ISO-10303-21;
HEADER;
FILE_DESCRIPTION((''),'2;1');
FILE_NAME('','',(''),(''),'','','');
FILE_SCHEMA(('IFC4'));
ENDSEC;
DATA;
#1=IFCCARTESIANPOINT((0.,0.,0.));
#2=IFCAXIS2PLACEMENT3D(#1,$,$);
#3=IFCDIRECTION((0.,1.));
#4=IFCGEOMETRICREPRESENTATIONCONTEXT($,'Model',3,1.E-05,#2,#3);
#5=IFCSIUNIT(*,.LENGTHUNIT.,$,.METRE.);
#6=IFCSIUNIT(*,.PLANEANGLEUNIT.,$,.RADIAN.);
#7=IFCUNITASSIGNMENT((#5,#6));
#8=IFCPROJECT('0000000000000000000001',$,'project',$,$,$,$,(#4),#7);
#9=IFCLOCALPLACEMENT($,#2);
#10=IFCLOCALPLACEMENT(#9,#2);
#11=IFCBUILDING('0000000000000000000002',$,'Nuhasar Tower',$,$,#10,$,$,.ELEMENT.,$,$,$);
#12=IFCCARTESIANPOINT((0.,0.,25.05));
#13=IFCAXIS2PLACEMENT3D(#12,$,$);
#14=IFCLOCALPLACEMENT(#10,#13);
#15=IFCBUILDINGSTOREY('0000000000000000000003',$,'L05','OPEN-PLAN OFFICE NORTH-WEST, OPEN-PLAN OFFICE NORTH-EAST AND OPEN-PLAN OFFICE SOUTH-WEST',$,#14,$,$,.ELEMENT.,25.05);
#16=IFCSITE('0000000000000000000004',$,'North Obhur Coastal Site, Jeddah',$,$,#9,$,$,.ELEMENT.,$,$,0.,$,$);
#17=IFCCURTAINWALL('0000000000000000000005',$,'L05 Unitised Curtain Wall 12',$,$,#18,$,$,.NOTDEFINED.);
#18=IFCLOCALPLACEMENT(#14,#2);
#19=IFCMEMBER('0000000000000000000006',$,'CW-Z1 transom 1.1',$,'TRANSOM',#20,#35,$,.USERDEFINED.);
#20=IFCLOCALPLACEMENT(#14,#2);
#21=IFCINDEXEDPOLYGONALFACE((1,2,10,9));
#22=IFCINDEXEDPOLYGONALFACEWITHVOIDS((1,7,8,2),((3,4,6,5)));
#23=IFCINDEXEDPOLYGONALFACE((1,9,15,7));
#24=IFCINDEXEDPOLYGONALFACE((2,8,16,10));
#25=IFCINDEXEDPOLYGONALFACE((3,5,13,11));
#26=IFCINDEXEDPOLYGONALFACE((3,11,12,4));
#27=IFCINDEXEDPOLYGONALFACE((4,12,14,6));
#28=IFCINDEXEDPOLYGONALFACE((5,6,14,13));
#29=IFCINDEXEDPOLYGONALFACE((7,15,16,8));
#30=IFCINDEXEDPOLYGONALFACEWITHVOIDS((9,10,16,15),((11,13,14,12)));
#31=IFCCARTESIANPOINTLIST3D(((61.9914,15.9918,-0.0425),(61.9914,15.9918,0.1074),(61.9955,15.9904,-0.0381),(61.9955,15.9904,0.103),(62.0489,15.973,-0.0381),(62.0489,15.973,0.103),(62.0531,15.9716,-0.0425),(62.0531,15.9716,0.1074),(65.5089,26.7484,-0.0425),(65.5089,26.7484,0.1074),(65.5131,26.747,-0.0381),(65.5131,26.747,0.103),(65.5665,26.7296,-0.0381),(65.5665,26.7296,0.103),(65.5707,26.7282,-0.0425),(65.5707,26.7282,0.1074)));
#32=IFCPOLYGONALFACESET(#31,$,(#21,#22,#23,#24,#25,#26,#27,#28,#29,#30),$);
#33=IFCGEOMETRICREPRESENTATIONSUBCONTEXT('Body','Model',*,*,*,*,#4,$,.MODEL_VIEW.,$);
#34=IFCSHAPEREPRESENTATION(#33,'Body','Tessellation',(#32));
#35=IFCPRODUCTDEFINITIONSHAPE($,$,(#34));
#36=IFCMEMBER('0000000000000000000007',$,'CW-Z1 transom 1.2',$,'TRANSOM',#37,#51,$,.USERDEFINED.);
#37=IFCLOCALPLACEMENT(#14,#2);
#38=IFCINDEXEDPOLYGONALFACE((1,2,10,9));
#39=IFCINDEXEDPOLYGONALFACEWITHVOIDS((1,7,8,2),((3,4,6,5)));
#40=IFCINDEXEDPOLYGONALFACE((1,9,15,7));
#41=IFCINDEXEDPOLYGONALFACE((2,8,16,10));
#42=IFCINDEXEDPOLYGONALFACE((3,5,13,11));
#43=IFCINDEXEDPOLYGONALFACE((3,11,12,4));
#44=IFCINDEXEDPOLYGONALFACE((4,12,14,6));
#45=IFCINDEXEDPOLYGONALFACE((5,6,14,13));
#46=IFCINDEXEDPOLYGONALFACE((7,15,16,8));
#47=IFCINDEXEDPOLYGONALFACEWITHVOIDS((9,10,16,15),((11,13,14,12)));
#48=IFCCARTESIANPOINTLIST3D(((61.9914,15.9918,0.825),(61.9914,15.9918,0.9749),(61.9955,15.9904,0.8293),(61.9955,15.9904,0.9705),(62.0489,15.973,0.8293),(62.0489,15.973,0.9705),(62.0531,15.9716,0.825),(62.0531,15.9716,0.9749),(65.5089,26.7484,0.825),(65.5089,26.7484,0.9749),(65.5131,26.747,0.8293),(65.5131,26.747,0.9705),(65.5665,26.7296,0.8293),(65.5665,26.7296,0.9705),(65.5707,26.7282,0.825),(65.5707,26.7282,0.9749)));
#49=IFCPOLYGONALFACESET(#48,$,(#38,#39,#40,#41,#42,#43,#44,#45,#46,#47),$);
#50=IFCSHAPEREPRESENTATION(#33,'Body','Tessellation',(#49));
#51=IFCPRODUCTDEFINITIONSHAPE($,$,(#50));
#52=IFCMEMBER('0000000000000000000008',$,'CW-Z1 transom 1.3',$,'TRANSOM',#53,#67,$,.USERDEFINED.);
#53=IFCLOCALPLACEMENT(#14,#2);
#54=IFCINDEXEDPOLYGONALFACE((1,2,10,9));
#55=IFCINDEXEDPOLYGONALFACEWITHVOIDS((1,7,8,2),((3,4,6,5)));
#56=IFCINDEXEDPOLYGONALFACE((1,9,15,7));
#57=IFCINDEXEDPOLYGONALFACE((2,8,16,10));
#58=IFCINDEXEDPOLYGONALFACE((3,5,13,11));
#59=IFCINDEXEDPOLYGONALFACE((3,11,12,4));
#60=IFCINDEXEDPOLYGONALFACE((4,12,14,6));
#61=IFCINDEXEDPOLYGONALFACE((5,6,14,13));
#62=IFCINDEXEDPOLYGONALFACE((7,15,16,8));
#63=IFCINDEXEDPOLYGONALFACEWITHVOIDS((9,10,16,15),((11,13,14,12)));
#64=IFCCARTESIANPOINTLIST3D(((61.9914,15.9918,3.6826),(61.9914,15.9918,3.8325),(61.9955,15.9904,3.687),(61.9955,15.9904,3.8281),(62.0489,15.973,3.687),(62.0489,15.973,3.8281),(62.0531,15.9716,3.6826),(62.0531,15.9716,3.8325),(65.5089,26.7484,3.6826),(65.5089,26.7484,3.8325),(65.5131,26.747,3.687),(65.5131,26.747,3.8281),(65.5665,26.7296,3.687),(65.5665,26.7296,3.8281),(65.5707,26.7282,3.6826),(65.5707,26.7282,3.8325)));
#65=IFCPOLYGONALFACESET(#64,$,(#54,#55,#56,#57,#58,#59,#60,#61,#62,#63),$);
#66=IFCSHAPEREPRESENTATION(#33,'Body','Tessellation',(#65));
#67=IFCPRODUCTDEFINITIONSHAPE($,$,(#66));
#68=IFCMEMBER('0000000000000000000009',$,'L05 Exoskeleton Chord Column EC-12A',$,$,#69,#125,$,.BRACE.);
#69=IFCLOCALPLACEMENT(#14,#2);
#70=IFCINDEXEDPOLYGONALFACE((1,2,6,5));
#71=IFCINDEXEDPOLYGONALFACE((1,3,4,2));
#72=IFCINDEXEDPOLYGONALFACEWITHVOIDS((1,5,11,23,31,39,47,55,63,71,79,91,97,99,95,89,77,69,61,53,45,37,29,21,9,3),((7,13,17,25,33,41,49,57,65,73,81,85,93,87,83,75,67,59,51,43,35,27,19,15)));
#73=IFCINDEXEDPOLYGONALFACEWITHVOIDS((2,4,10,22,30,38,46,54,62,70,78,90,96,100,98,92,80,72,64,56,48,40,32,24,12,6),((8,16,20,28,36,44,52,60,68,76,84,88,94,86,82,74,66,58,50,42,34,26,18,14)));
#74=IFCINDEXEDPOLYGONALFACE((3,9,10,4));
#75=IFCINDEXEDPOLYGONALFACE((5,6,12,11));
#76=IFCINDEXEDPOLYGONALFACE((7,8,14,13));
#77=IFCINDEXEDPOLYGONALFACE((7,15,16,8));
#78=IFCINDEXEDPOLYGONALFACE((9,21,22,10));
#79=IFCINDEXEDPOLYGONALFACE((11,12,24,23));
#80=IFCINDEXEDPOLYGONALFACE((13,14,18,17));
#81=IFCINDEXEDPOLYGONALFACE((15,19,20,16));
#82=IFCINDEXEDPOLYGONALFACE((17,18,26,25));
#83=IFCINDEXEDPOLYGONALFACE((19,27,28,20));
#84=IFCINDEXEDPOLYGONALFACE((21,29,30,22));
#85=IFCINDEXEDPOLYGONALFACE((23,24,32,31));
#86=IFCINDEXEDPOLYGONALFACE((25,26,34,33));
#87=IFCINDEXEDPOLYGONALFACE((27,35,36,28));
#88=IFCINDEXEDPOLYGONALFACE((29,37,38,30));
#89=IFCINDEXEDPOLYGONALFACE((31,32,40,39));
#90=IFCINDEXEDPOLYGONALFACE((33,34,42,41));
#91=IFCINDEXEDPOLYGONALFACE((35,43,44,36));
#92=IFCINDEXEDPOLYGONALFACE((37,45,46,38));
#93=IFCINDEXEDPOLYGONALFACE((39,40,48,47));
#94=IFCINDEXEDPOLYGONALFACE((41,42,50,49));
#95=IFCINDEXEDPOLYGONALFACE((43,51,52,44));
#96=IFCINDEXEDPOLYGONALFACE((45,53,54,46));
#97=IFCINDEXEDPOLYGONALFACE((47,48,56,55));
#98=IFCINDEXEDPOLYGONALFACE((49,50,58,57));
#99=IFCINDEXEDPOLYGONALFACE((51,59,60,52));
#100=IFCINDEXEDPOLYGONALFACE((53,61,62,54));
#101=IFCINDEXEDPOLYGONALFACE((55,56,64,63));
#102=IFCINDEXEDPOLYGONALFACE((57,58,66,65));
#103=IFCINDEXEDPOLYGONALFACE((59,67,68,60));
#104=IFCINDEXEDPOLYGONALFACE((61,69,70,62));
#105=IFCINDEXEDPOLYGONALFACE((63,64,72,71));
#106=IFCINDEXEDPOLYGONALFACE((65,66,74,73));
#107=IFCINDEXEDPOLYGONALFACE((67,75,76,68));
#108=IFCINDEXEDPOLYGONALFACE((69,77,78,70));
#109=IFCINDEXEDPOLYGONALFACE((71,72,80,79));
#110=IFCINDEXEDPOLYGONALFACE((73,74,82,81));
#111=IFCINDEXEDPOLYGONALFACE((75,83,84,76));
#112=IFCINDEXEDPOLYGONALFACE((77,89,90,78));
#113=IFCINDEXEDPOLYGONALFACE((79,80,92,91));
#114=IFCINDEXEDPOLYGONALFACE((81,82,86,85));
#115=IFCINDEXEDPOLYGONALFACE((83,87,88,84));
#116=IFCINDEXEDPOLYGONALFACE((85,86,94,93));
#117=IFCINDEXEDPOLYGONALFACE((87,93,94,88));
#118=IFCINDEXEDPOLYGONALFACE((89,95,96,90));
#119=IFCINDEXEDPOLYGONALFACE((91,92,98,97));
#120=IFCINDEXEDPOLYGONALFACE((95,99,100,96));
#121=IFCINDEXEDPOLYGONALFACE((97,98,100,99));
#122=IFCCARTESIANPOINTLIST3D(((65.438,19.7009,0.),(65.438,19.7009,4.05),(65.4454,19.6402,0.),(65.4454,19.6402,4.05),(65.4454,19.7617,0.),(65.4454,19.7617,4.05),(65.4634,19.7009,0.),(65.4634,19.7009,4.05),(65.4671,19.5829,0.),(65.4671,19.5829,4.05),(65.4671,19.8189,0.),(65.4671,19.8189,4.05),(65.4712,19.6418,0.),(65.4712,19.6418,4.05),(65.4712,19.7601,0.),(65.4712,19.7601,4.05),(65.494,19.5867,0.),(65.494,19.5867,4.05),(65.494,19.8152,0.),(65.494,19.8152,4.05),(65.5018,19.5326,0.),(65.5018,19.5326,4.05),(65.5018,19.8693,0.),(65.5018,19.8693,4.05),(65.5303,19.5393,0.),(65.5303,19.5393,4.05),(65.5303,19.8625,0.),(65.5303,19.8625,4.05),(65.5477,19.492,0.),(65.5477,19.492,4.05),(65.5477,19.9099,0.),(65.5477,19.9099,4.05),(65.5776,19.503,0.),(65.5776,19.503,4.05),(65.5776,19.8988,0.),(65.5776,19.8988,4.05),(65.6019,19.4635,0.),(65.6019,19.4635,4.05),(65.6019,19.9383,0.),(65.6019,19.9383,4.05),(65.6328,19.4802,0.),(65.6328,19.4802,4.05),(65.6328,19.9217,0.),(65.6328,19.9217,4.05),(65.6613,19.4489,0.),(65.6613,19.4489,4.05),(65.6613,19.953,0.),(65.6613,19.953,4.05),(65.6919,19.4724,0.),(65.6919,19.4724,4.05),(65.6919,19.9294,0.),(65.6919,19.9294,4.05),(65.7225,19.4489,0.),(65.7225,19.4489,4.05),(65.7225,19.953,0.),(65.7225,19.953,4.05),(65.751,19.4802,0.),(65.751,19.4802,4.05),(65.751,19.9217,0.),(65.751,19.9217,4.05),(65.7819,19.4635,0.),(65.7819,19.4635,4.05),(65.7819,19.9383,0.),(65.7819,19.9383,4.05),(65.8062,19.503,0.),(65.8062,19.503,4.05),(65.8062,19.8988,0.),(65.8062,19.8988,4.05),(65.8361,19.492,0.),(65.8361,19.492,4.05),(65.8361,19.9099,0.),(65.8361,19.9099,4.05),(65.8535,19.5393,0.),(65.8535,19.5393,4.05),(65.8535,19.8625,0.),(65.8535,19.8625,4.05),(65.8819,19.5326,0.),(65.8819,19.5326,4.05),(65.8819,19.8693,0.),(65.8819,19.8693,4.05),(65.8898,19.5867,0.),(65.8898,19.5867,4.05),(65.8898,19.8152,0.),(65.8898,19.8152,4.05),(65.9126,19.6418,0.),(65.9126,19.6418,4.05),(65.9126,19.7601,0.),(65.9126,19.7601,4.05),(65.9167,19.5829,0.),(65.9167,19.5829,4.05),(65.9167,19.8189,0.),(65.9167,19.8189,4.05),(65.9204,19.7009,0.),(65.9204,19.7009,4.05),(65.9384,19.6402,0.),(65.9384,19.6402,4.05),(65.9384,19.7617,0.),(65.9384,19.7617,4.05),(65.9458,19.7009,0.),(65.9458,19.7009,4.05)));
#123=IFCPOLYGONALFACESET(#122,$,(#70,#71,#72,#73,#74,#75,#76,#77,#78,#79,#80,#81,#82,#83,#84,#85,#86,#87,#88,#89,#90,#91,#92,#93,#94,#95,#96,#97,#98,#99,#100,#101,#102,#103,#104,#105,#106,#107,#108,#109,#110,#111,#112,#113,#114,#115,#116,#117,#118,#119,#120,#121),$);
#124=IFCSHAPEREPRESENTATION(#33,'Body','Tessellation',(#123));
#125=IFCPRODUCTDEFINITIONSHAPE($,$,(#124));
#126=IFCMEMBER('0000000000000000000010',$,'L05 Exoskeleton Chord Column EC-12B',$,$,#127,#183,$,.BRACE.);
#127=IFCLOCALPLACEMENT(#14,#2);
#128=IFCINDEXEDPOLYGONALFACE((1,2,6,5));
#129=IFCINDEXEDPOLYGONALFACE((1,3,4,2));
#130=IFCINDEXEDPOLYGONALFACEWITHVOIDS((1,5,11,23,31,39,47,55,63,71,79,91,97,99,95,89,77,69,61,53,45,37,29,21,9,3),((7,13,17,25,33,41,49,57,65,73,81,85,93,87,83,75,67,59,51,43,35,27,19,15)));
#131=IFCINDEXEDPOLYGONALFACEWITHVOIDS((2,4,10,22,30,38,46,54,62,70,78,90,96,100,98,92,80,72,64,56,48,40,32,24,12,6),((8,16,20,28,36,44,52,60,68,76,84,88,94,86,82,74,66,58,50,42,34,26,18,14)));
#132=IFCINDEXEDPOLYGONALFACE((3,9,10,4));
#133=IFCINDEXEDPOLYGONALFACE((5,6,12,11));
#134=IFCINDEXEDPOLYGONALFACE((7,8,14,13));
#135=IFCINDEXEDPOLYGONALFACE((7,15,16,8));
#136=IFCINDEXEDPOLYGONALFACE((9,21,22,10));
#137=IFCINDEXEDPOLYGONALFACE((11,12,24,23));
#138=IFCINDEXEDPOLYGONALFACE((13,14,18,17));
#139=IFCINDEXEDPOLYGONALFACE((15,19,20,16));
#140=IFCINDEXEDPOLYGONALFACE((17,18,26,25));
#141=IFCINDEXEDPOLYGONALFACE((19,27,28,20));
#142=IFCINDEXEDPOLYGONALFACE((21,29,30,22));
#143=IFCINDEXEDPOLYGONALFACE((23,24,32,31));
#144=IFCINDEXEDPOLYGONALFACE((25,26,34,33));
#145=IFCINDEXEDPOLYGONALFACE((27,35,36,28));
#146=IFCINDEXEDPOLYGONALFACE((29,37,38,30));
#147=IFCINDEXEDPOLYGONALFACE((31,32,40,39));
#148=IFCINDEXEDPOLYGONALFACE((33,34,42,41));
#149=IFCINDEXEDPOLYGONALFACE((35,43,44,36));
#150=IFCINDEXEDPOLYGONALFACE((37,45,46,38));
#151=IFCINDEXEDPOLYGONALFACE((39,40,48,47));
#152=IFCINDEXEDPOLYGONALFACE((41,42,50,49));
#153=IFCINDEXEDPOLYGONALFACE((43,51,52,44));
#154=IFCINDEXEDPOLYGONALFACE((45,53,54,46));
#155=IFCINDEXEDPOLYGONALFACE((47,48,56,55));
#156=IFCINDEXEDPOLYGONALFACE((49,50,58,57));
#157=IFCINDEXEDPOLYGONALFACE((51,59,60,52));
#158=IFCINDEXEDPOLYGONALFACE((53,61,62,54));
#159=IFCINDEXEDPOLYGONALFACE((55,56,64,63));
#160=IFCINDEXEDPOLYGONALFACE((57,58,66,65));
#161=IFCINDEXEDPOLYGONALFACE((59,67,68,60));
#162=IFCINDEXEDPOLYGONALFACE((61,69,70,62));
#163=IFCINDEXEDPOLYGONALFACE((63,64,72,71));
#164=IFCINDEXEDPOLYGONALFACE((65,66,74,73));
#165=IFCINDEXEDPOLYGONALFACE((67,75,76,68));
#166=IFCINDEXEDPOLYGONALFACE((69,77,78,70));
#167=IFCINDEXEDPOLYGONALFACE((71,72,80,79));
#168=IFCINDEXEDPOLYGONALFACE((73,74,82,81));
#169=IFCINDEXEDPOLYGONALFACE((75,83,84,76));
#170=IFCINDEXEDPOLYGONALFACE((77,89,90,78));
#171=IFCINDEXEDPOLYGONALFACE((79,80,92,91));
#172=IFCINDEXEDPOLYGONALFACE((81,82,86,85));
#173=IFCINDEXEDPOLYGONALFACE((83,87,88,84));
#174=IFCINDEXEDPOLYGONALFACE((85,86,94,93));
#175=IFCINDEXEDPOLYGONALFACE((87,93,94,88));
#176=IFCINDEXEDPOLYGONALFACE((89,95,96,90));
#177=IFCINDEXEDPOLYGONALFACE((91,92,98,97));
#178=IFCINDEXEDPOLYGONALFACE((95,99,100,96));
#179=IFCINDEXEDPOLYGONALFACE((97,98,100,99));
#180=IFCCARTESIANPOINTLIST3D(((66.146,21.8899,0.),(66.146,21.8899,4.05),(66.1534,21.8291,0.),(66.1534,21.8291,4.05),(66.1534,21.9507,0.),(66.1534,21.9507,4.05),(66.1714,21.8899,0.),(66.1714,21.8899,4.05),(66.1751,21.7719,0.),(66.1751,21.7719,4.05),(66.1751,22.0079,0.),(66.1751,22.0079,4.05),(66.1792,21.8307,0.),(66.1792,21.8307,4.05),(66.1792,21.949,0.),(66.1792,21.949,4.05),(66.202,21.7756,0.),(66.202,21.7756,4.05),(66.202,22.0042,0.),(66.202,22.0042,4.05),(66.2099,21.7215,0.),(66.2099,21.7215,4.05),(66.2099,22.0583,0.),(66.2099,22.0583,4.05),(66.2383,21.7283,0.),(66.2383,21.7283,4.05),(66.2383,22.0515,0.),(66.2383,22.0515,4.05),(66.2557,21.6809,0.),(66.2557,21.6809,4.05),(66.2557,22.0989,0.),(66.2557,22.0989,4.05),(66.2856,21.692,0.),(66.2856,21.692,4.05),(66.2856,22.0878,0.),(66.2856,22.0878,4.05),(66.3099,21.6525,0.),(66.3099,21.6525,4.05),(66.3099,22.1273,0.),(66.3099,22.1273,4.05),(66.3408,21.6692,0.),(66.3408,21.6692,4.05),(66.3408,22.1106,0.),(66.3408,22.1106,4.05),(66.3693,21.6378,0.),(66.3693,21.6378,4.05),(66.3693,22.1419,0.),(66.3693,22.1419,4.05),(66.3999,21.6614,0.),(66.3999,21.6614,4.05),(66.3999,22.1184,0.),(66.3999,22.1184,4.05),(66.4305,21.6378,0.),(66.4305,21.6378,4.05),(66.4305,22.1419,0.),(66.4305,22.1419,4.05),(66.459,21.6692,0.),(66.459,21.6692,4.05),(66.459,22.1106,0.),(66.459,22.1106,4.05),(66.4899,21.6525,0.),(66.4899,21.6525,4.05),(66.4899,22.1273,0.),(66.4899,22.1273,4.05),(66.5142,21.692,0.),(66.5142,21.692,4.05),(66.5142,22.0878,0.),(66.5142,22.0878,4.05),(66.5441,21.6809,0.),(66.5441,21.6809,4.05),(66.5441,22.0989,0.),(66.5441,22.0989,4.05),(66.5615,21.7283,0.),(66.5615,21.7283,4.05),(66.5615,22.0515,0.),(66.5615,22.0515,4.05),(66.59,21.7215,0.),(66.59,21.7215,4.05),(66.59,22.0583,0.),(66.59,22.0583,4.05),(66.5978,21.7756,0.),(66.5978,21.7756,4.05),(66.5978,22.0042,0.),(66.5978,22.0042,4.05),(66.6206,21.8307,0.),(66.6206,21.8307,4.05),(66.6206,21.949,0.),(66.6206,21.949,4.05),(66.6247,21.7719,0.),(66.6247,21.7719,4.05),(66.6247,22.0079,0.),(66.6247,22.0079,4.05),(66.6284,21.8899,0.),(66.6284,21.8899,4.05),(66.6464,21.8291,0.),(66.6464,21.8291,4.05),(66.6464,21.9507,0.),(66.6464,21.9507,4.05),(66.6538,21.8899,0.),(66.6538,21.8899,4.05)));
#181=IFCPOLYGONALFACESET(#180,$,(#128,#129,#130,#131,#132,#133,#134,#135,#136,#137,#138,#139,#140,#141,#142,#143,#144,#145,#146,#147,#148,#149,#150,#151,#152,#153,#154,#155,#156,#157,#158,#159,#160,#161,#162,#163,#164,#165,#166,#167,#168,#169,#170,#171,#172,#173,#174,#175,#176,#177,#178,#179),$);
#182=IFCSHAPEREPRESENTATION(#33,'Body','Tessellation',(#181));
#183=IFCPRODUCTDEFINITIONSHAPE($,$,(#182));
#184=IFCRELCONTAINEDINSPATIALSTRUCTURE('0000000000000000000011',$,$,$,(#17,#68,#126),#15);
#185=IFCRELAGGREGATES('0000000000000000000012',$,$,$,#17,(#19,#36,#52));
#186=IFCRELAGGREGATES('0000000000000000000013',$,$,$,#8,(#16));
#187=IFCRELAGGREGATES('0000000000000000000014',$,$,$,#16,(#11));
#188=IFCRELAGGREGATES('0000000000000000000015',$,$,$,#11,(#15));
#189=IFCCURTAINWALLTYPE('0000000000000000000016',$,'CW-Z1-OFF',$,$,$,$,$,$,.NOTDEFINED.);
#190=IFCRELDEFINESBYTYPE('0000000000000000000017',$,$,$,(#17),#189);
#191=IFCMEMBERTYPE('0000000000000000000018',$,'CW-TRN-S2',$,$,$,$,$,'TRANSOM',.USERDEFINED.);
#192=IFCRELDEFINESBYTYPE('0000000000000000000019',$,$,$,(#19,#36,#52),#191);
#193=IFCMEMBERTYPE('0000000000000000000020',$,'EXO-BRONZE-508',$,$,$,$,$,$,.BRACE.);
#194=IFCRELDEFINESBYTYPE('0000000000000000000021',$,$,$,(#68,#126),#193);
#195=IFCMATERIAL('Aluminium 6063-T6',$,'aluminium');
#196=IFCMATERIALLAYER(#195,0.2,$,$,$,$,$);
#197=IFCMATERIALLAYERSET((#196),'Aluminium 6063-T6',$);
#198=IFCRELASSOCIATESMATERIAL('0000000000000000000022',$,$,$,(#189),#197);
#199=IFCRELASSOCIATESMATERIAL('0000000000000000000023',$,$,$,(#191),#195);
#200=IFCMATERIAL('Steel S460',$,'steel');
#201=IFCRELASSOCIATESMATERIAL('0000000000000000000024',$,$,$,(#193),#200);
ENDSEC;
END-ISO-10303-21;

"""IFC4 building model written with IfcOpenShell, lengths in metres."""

from ifc_helpers import new_model, si_unit, direction, frame, origin, origin_2d, place, context, subcontext, project, spatial, hollow_rectangle, hollow_circle, extrude, material, layer, layer_set, material_profile, profile_set, type_object, element, aggregate, save


model = new_model("IFC4")

# Units and contexts
model_context = context("Model", 3, precision=1e-05, world=origin(), true_north=direction((0.0, 1.0)))
body_context = subcontext(model_context, "Body", "Model", "MODEL_VIEW")
ifc_project = project(units=[si_unit("LENGTHUNIT", "METRE"), si_unit("PLANEANGLEUNIT", "RADIAN")], contexts=[model_context])

# Site, building, storey
site_placement = place(None, origin())
site = spatial("IfcSite", under=ifc_project, at=site_placement, Name="North Obhur Coastal Site, Jeddah", CompositionType="ELEMENT", RefElevation=0.0)
building_placement = place(site_placement, origin())
building = spatial("IfcBuilding", under=site, at=building_placement, Name="Nuhasar Tower", CompositionType="ELEMENT")
storey_placement = place(building_placement, frame((0.0, 0.0, 25.05)))
storey = spatial("IfcBuildingStorey", under=building, at=storey_placement, Name="L05", Description="OPEN-PLAN OFFICE NORTH-WEST, OPEN-PLAN OFFICE NORTH-EAST AND OPEN-PLAN OFFICE SOUTH-WEST", CompositionType="ELEMENT", Elevation=25.05)

# Curtain wall, members
ifc_material_1 = material(Name="Aluminium 6063-T6", Category="aluminium")
ifc_layer_1 = layer(ifc_material_1, 0.2)
ifc_layer_set_1 = layer_set([ifc_layer_1], Name="Aluminium 6063-T6")
curtain_wall_type = type_object("IfcCurtainWallType", Name="CW-Z1-OFF", PredefinedType="NOTDEFINED", material=ifc_layer_set_1)
curtain_wall_placement = place(storey_placement, origin())
curtain_wall = element("IfcCurtainWall", 1, at=curtain_wall_placement, inside=storey, type_object=curtain_wall_type, Name="L05 Unitised Curtain Wall 12", PredefinedType="NOTDEFINED")
ifc_material_profile_1 = material_profile(ifc_material_1, hollow_rectangle(XDim=0.0649, YDim=0.1499, WallThickness=0.0044, at=origin_2d()), Name="CWT-2")
ifc_profile_set_1 = profile_set([ifc_material_profile_1], Name="Aluminium 6063-T6")
member_type_1 = type_object("IfcMemberType", Name="CW-TRN-S2", ElementType="TRANSOM", PredefinedType="USERDEFINED", material=ifc_profile_set_1)
member_1_placement = place(storey_placement, frame((62.0222, 15.9817, 0.0325), z_axis=(0.310819, 0.950469, 0.0), x_axis=(-0.950469, 0.310819, 0.0)))
member_1 = element("IfcMember", 2, at=member_1_placement, type_object=member_type_1, Name="CW-Z1 transom 1.1", ObjectType="TRANSOM", PredefinedType="USERDEFINED", context=body_context, shape_type="SweptSolid", body=[
    extrude(hollow_rectangle(XDim=0.0649, YDim=0.1499, WallThickness=0.0044, at=origin_2d()), origin(), (0.0, 0.0, 1.0), 11.3171),
])
member_2_placement = place(storey_placement, frame((62.0222, 15.9817, 0.8999), z_axis=(0.310819, 0.950469, 0.0), x_axis=(-0.950469, 0.310819, 0.0)))
member_2 = element("IfcMember", 3, at=member_2_placement, type_object=member_type_1, Name="CW-Z1 transom 1.2", ObjectType="TRANSOM", PredefinedType="USERDEFINED", context=body_context, shape_type="SweptSolid", body=[
    extrude(hollow_rectangle(XDim=0.0649, YDim=0.1499, WallThickness=0.0044, at=origin_2d()), origin(), (0.0, 0.0, 1.0), 11.3171),
])
member_3_placement = place(storey_placement, frame((62.0222, 15.9817, 3.7576), z_axis=(0.310819, 0.950469, 0.0), x_axis=(-0.950469, 0.310819, 0.0)))
member_3 = element("IfcMember", 4, at=member_3_placement, type_object=member_type_1, Name="CW-Z1 transom 1.3", ObjectType="TRANSOM", PredefinedType="USERDEFINED", context=body_context, shape_type="SweptSolid", body=[
    extrude(hollow_rectangle(XDim=0.0649, YDim=0.1499, WallThickness=0.0044, at=origin_2d()), origin(), (0.0, 0.0, 1.0), 11.3171),
])

# Members
ifc_material_2 = material(Name="Steel S460", Category="steel")
ifc_material_profile_2 = material_profile(ifc_material_2, hollow_circle(Radius=0.2539, WallThickness=0.0254, at=origin_2d()), Name="HSS508X25.4")
ifc_profile_set_2 = profile_set([ifc_material_profile_2], Name="Steel S460")
member_type_2 = type_object("IfcMemberType", Name="EXO-BRONZE-508", PredefinedType="BRACE", material=ifc_profile_set_2)
for number, where, z_axis, x_axis, name in (
    (5, (65.6919, 19.7009, 0.0), (0.0, 0.0, 1.0), (1.0, 0.0, 0.0), "L05 Exoskeleton Chord Column EC-12A"),
    (6, (66.3999, 21.8899, 0.0), (0.0, 0.0, 1.0), (1.0, 0.0, 0.0), "L05 Exoskeleton Chord Column EC-12B"),
):
    element("IfcMember", number, at=place(storey_placement, frame(where, z_axis=z_axis, x_axis=x_axis)), inside=storey, type_object=member_type_2, Name=name, PredefinedType="BRACE", context=body_context, shape_type="SweptSolid", body=[
        extrude(hollow_circle(Radius=0.2539, WallThickness=0.0254, at=origin_2d()), origin(), (0.0, 0.0, 1.0), 4.05),
    ])

aggregate(curtain_wall, [member_1, member_2, member_3])

save(model, "model.ifc")
